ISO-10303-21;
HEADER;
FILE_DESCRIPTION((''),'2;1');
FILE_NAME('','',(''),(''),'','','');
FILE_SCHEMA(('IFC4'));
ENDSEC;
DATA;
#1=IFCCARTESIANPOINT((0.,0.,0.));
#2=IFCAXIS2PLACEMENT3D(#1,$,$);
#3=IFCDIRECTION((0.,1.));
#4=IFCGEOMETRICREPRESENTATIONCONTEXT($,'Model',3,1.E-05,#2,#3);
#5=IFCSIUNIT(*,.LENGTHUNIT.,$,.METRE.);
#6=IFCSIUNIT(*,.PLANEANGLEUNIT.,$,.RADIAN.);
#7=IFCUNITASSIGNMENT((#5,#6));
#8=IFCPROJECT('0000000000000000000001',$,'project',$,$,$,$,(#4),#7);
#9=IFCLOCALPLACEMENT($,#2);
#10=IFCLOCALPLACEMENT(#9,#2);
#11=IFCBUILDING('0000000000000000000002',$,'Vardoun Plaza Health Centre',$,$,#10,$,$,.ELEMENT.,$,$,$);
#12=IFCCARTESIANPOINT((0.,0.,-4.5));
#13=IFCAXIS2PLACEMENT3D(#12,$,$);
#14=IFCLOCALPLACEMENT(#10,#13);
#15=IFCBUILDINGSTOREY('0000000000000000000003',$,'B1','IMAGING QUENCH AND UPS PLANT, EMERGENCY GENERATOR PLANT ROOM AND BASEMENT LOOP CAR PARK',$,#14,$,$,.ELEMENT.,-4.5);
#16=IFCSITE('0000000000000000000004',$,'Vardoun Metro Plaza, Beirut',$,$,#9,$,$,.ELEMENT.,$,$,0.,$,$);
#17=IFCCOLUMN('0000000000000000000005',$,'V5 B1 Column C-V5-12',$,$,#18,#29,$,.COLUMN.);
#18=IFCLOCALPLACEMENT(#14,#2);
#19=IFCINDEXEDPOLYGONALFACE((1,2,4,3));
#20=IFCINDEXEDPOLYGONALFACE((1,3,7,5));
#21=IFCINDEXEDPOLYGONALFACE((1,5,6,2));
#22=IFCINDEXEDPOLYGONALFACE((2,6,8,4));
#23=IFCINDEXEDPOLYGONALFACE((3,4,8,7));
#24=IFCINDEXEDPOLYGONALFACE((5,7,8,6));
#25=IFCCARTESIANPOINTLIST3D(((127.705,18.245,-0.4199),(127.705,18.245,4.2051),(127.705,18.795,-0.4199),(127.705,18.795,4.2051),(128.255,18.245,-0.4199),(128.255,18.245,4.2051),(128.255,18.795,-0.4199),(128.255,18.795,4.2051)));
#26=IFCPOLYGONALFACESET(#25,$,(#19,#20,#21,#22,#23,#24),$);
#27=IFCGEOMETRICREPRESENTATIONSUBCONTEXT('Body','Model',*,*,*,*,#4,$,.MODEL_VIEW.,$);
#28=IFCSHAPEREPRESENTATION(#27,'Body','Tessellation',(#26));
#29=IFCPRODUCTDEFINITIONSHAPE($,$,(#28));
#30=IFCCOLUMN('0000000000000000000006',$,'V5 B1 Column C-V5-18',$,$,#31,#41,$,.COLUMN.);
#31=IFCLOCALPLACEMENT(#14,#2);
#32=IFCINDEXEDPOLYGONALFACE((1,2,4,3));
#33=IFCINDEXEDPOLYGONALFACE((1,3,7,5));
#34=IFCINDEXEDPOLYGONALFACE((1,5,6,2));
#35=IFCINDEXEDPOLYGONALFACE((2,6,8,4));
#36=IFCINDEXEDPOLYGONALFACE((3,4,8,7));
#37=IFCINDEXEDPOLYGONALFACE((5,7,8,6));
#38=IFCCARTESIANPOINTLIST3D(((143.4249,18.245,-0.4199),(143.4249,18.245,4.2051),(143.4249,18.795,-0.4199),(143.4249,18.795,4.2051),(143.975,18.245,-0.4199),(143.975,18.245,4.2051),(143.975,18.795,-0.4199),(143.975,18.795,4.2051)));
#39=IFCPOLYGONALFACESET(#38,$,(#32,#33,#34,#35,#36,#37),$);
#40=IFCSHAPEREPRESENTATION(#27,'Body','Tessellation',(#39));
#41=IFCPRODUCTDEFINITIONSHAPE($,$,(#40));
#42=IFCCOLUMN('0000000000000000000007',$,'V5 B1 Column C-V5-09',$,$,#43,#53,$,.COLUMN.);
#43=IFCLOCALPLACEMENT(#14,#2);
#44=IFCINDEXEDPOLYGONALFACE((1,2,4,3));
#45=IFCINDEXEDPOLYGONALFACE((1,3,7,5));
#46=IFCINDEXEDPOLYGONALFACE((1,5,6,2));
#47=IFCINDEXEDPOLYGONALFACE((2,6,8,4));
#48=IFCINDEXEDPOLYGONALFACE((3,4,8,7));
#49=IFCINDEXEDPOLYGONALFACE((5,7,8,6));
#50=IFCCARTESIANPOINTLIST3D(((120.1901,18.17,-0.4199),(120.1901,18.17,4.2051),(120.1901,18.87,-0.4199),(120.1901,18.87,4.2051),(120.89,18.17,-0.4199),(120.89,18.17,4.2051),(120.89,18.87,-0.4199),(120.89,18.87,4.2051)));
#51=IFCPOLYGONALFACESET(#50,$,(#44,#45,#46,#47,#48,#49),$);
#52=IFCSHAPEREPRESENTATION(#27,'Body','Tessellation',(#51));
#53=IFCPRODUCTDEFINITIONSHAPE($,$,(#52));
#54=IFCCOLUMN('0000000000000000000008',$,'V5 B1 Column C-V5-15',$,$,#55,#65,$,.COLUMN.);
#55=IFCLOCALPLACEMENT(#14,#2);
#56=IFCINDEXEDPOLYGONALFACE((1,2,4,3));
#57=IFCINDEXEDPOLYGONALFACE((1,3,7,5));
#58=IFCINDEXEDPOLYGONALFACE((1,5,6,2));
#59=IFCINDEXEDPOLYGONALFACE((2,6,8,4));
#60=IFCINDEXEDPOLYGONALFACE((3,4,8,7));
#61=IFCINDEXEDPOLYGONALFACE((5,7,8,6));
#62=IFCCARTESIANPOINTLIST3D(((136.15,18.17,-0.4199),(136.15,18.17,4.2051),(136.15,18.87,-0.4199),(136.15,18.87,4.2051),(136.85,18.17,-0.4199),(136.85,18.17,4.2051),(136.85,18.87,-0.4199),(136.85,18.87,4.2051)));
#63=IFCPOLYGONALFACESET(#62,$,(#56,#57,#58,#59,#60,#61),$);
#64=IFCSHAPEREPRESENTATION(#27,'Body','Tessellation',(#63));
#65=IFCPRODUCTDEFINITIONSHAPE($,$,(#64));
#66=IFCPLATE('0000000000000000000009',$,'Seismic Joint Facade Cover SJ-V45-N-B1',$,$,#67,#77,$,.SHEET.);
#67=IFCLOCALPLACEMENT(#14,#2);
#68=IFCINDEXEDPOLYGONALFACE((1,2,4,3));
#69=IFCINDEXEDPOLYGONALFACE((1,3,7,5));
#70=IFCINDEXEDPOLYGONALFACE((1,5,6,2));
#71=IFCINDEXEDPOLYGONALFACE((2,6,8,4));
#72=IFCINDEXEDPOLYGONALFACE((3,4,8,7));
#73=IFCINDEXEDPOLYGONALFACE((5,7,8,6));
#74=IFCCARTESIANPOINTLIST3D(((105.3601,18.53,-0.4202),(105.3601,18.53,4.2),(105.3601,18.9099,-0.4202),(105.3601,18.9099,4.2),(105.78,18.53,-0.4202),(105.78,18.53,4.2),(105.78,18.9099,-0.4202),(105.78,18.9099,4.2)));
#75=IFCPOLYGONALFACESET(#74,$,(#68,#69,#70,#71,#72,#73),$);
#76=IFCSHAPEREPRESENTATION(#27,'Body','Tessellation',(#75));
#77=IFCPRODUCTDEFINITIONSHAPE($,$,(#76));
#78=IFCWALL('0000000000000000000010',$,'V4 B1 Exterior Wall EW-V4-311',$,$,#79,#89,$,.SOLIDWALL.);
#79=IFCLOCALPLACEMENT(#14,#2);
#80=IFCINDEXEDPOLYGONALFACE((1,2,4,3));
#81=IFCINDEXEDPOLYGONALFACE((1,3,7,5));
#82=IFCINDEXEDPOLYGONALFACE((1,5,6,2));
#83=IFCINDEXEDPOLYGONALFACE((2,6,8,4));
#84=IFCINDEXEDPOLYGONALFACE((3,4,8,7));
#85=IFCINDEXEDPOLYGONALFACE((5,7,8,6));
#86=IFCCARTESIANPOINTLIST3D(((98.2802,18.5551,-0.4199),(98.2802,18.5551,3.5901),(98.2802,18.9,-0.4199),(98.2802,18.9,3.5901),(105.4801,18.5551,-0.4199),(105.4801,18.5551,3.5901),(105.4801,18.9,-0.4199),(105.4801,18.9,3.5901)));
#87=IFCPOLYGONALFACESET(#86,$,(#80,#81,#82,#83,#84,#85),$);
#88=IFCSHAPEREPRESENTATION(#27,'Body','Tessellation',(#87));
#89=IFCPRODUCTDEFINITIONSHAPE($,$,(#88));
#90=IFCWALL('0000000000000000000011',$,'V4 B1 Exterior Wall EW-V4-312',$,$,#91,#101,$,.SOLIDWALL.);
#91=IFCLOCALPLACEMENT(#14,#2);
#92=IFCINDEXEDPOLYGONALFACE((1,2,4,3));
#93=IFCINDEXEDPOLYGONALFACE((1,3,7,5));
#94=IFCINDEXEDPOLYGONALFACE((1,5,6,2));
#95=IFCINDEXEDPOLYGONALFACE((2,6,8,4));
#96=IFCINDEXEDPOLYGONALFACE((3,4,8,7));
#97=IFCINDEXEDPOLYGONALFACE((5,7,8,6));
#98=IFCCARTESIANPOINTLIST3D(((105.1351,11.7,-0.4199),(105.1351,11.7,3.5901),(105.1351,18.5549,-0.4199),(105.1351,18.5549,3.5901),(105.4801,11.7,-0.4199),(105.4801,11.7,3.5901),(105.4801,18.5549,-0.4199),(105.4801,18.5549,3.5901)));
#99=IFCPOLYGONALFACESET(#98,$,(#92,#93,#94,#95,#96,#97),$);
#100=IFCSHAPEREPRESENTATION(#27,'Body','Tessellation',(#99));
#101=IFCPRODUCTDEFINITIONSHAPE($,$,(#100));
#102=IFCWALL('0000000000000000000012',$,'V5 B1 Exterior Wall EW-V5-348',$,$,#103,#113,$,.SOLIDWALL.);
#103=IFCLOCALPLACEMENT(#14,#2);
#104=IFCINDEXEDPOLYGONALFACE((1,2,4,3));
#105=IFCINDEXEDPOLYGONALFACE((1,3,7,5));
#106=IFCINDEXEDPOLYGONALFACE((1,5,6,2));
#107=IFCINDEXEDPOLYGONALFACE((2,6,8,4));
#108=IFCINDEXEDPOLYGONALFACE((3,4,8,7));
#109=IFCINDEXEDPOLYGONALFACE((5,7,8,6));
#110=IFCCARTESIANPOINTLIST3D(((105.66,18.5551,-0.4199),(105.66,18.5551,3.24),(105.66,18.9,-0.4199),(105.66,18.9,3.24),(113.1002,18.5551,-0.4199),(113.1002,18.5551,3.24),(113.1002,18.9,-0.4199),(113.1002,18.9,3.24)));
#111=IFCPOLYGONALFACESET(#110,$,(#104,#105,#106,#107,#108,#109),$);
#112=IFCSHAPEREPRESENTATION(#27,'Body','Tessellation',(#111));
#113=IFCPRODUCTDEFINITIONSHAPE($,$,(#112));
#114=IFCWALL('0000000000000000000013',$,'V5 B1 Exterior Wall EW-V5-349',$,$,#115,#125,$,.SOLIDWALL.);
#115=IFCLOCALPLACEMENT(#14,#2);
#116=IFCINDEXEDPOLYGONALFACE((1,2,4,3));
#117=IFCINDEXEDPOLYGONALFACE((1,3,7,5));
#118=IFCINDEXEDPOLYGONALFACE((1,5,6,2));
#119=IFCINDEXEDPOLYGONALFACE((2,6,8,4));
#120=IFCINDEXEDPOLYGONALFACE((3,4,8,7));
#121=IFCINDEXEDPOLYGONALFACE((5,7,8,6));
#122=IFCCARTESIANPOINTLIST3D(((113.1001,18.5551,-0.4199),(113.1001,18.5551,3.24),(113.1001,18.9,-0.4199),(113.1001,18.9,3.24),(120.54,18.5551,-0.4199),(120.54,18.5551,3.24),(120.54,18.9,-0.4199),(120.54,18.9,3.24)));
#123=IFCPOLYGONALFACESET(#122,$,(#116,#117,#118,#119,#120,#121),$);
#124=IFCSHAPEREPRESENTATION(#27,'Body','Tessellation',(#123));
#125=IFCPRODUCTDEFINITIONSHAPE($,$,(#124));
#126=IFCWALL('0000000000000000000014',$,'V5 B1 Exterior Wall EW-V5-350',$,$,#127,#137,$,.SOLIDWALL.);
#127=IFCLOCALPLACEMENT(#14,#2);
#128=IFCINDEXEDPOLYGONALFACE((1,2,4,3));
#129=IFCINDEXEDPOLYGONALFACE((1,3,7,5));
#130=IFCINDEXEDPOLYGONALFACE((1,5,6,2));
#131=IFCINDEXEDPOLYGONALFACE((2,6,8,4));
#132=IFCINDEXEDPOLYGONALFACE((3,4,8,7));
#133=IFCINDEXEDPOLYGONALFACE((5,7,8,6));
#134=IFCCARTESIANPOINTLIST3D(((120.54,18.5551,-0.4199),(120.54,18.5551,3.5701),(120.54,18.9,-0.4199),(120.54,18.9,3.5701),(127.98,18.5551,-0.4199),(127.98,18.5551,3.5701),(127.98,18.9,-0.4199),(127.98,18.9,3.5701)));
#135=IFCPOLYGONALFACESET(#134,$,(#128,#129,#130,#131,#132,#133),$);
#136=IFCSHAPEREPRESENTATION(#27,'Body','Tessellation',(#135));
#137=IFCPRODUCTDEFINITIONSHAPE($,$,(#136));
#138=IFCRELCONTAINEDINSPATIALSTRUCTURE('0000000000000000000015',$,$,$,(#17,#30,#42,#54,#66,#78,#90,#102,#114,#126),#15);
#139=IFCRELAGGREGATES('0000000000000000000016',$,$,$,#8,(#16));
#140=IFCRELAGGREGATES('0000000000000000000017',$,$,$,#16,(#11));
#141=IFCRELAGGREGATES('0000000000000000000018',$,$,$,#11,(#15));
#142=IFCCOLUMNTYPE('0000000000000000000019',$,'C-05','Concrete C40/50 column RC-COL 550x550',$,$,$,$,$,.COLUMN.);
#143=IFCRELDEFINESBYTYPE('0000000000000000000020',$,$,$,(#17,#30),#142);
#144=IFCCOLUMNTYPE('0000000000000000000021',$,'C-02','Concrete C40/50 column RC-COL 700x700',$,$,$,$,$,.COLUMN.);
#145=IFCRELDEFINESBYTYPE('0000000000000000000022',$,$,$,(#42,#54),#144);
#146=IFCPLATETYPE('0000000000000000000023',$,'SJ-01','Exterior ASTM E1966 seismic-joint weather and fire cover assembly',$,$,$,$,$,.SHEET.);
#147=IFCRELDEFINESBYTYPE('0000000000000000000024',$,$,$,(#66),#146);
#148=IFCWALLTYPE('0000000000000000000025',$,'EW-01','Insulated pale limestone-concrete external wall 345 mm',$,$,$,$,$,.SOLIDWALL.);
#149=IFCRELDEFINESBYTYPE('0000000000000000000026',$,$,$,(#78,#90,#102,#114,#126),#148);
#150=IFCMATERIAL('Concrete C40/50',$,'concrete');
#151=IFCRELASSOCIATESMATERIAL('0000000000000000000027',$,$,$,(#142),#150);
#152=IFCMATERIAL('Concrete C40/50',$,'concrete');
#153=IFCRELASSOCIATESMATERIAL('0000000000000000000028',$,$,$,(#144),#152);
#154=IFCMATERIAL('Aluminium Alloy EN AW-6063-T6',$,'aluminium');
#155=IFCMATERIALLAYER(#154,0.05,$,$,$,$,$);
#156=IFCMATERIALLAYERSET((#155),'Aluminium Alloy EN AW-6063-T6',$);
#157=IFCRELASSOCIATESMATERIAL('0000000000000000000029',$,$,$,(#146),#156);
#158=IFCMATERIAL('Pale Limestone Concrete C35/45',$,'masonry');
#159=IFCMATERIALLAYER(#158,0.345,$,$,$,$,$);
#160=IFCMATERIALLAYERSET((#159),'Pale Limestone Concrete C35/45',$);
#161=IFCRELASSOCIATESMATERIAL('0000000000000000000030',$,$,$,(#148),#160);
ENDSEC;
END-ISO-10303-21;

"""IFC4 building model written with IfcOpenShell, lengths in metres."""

from ifc_helpers import new_model, si_unit, direction, frame, frame_2d, origin, origin_2d, place, context, subcontext, project, spatial, rectangle, extrude, material, layer, layer_set, material_profile, profile_set, type_object, element, save


model = new_model("IFC4")

# Units and contexts
model_context = context("Model", 3, precision=1e-05, world=origin(), true_north=direction((0.0, 1.0)))
body_context = subcontext(model_context, "Body", "Model", "MODEL_VIEW")
ifc_project = project(units=[si_unit("LENGTHUNIT", "METRE"), si_unit("PLANEANGLEUNIT", "RADIAN")], contexts=[model_context])

# Site, building, storey
site_placement = place(None, origin())
site = spatial("IfcSite", under=ifc_project, at=site_placement, Name="Vardoun Metro Plaza, Beirut", CompositionType="ELEMENT", RefElevation=0.0)
building_placement = place(site_placement, origin())
building = spatial("IfcBuilding", under=site, at=building_placement, Name="Vardoun Plaza Health Centre", CompositionType="ELEMENT")
storey_placement = place(building_placement, frame((0.0, 0.0, -4.5)))
storey = spatial("IfcBuildingStorey", under=building, at=storey_placement, Name="B1", Description="IMAGING QUENCH AND UPS PLANT, EMERGENCY GENERATOR PLANT ROOM AND BASEMENT LOOP CAR PARK", CompositionType="ELEMENT", Elevation=-4.5)

# Columns
ifc_material_1 = material(Name="Concrete C40/50", Category="concrete")
ifc_material_profile_1 = material_profile(ifc_material_1, rectangle(XDim=0.55, YDim=0.55, at=origin_2d()), Name="RC-COL 550x550")
ifc_profile_set_1 = profile_set([ifc_material_profile_1], Name="Concrete C40/50")
column_type_1 = type_object("IfcColumnType", Name="C-05", Description="Concrete C40/50 column RC-COL 550x550", PredefinedType="COLUMN", material=ifc_profile_set_1)
for number, where, z_axis, x_axis, name in (
    (1, (127.98, 18.52, -0.4199), (0.0, 0.0, 1.0), (1.0, 0.0, 0.0), "V5 B1 Column C-V5-12"),
    (2, (143.7, 18.52, -0.4199), (0.0, 0.0, 1.0), (1.0, 0.0, 0.0), "V5 B1 Column C-V5-18"),
):
    element("IfcColumn", number, at=place(storey_placement, frame(where, z_axis=z_axis, x_axis=x_axis)), inside=storey, type_object=column_type_1, Name=name, PredefinedType="COLUMN", context=body_context, shape_type="SweptSolid", body=[
        extrude(rectangle(XDim=0.55, YDim=0.55, at=origin_2d()), origin(), (0.0, 0.0, 1.0), 4.625),
    ])
ifc_material_2 = material(Name="Concrete C40/50", Category="concrete")
ifc_material_profile_2 = material_profile(ifc_material_2, rectangle(XDim=0.7, YDim=0.7, at=origin_2d()), Name="RC-COL 700x700")
ifc_profile_set_2 = profile_set([ifc_material_profile_2], Name="Concrete C40/50")
column_type_2 = type_object("IfcColumnType", Name="C-02", Description="Concrete C40/50 column RC-COL 700x700", PredefinedType="COLUMN", material=ifc_profile_set_2)
for number, where, z_axis, x_axis, name in (
    (3, (120.54, 18.52, -0.4199), (0.0, 0.0, 1.0), (1.0, 0.0, 0.0), "V5 B1 Column C-V5-09"),
    (4, (136.5, 18.52, -0.4199), (0.0, 0.0, 1.0), (1.0, 0.0, 0.0), "V5 B1 Column C-V5-15"),
):
    element("IfcColumn", number, at=place(storey_placement, frame(where, z_axis=z_axis, x_axis=x_axis)), inside=storey, type_object=column_type_2, Name=name, PredefinedType="COLUMN", context=body_context, shape_type="SweptSolid", body=[
        extrude(rectangle(XDim=0.7, YDim=0.7, at=origin_2d()), origin(), (0.0, 0.0, 1.0), 4.625),
    ])

# Plate
ifc_material_3 = material(Name="Aluminium Alloy EN AW-6063-T6", Category="aluminium")
ifc_layer_1 = layer(ifc_material_3, 0.05)
ifc_layer_set_1 = layer_set([ifc_layer_1], Name="Aluminium Alloy EN AW-6063-T6")
plate_type = type_object("IfcPlateType", Name="SJ-01", Description="Exterior ASTM E1966 seismic-joint weather and fire cover assembly", PredefinedType="SHEET", material=ifc_layer_set_1)
plate_placement = place(storey_placement, frame((105.5701, 18.72, -0.4202), z_axis=(0.0, 0.0, 1.0), x_axis=(1.0, 0.0, 0.0)))
element("IfcPlate", 5, at=plate_placement, inside=storey, type_object=plate_type, Name="Seismic Joint Facade Cover SJ-V45-N-B1", PredefinedType="SHEET", context=body_context, shape_type="SweptSolid", body=[
    extrude(rectangle(XDim=0.4199, YDim=0.3799, at=origin_2d()), origin(), (0.0, 0.0, 1.0), 4.6201),
])

# Walls
ifc_material_4 = material(Name="Pale Limestone Concrete C35/45", Category="masonry")
ifc_layer_2 = layer(ifc_material_4, 0.345)
ifc_layer_set_2 = layer_set([ifc_layer_2], Name="Pale Limestone Concrete C35/45")
wall_type_1 = type_object("IfcWallType", Name="EW-01", Description="Insulated pale limestone-concrete external wall 345 mm", PredefinedType="SOLIDWALL", material=ifc_layer_set_2)
wall_1_placement = place(storey_placement, frame((98.28, 18.7275, -0.4199), z_axis=(0.0, 0.0, 1.0), x_axis=(1.0, 0.0, 0.0)))
element("IfcWall", 6, at=wall_1_placement, inside=storey, type_object=wall_type_1, Name="V4 B1 Exterior Wall EW-V4-311", PredefinedType="SOLIDWALL", context=body_context, shape_type="SweptSolid", body=[
    extrude(rectangle(XDim=7.2, YDim=0.345, at=frame_2d((3.6001, 0.0))), origin(), (0.0, 0.0, 1.0), 4.01),
])
wall_2_placement = place(storey_placement, frame((105.3076, 18.5549, -0.4199), z_axis=(0.0, 0.0, 1.0), x_axis=(0.0, -1.0, 0.0)))
element("IfcWall", 7, at=wall_2_placement, inside=storey, type_object=wall_type_1, Name="V4 B1 Exterior Wall EW-V4-312", PredefinedType="SOLIDWALL", context=body_context, shape_type="SweptSolid", body=[
    extrude(rectangle(XDim=6.855, YDim=0.345, at=frame_2d((3.4275, 0.0))), origin(), (0.0, 0.0, 1.0), 4.01),
])
wall_3_placement = place(storey_placement, frame((105.6599, 18.7275, -0.4199), z_axis=(0.0, 0.0, 1.0), x_axis=(1.0, 0.0, 0.0)))
element("IfcWall", 8, at=wall_3_placement, inside=storey, type_object=wall_type_1, Name="V5 B1 Exterior Wall EW-V5-348", PredefinedType="SOLIDWALL", context=body_context, shape_type="SweptSolid", body=[
    extrude(rectangle(XDim=7.4402, YDim=0.345, at=frame_2d((3.7202, 0.0))), origin(), (0.0, 0.0, 1.0), 3.6599),
])
wall_4_placement = place(storey_placement, frame((113.1001, 18.7275, -0.4199), z_axis=(0.0, 0.0, 1.0), x_axis=(1.0, 0.0, 0.0)))
element("IfcWall", 9, at=wall_4_placement, inside=storey, type_object=wall_type_1, Name="V5 B1 Exterior Wall EW-V5-349", PredefinedType="SOLIDWALL", context=body_context, shape_type="SweptSolid", body=[
    extrude(rectangle(XDim=7.4399, YDim=0.345, at=frame_2d((3.72, 0.0))), origin(), (0.0, 0.0, 1.0), 3.6599),
])
wall_5_placement = place(storey_placement, frame((120.54, 18.7275, -0.4199), z_axis=(0.0, 0.0, 1.0), x_axis=(1.0, 0.0, 0.0)))
element("IfcWall", 10, at=wall_5_placement, inside=storey, type_object=wall_type_1, Name="V5 B1 Exterior Wall EW-V5-350", PredefinedType="SOLIDWALL", context=body_context, shape_type="SweptSolid", body=[
    extrude(rectangle(XDim=7.4399, YDim=0.345, at=frame_2d((3.72, 0.0))), origin(), (0.0, 0.0, 1.0), 3.99),
])

save(model, "model.ifc")
